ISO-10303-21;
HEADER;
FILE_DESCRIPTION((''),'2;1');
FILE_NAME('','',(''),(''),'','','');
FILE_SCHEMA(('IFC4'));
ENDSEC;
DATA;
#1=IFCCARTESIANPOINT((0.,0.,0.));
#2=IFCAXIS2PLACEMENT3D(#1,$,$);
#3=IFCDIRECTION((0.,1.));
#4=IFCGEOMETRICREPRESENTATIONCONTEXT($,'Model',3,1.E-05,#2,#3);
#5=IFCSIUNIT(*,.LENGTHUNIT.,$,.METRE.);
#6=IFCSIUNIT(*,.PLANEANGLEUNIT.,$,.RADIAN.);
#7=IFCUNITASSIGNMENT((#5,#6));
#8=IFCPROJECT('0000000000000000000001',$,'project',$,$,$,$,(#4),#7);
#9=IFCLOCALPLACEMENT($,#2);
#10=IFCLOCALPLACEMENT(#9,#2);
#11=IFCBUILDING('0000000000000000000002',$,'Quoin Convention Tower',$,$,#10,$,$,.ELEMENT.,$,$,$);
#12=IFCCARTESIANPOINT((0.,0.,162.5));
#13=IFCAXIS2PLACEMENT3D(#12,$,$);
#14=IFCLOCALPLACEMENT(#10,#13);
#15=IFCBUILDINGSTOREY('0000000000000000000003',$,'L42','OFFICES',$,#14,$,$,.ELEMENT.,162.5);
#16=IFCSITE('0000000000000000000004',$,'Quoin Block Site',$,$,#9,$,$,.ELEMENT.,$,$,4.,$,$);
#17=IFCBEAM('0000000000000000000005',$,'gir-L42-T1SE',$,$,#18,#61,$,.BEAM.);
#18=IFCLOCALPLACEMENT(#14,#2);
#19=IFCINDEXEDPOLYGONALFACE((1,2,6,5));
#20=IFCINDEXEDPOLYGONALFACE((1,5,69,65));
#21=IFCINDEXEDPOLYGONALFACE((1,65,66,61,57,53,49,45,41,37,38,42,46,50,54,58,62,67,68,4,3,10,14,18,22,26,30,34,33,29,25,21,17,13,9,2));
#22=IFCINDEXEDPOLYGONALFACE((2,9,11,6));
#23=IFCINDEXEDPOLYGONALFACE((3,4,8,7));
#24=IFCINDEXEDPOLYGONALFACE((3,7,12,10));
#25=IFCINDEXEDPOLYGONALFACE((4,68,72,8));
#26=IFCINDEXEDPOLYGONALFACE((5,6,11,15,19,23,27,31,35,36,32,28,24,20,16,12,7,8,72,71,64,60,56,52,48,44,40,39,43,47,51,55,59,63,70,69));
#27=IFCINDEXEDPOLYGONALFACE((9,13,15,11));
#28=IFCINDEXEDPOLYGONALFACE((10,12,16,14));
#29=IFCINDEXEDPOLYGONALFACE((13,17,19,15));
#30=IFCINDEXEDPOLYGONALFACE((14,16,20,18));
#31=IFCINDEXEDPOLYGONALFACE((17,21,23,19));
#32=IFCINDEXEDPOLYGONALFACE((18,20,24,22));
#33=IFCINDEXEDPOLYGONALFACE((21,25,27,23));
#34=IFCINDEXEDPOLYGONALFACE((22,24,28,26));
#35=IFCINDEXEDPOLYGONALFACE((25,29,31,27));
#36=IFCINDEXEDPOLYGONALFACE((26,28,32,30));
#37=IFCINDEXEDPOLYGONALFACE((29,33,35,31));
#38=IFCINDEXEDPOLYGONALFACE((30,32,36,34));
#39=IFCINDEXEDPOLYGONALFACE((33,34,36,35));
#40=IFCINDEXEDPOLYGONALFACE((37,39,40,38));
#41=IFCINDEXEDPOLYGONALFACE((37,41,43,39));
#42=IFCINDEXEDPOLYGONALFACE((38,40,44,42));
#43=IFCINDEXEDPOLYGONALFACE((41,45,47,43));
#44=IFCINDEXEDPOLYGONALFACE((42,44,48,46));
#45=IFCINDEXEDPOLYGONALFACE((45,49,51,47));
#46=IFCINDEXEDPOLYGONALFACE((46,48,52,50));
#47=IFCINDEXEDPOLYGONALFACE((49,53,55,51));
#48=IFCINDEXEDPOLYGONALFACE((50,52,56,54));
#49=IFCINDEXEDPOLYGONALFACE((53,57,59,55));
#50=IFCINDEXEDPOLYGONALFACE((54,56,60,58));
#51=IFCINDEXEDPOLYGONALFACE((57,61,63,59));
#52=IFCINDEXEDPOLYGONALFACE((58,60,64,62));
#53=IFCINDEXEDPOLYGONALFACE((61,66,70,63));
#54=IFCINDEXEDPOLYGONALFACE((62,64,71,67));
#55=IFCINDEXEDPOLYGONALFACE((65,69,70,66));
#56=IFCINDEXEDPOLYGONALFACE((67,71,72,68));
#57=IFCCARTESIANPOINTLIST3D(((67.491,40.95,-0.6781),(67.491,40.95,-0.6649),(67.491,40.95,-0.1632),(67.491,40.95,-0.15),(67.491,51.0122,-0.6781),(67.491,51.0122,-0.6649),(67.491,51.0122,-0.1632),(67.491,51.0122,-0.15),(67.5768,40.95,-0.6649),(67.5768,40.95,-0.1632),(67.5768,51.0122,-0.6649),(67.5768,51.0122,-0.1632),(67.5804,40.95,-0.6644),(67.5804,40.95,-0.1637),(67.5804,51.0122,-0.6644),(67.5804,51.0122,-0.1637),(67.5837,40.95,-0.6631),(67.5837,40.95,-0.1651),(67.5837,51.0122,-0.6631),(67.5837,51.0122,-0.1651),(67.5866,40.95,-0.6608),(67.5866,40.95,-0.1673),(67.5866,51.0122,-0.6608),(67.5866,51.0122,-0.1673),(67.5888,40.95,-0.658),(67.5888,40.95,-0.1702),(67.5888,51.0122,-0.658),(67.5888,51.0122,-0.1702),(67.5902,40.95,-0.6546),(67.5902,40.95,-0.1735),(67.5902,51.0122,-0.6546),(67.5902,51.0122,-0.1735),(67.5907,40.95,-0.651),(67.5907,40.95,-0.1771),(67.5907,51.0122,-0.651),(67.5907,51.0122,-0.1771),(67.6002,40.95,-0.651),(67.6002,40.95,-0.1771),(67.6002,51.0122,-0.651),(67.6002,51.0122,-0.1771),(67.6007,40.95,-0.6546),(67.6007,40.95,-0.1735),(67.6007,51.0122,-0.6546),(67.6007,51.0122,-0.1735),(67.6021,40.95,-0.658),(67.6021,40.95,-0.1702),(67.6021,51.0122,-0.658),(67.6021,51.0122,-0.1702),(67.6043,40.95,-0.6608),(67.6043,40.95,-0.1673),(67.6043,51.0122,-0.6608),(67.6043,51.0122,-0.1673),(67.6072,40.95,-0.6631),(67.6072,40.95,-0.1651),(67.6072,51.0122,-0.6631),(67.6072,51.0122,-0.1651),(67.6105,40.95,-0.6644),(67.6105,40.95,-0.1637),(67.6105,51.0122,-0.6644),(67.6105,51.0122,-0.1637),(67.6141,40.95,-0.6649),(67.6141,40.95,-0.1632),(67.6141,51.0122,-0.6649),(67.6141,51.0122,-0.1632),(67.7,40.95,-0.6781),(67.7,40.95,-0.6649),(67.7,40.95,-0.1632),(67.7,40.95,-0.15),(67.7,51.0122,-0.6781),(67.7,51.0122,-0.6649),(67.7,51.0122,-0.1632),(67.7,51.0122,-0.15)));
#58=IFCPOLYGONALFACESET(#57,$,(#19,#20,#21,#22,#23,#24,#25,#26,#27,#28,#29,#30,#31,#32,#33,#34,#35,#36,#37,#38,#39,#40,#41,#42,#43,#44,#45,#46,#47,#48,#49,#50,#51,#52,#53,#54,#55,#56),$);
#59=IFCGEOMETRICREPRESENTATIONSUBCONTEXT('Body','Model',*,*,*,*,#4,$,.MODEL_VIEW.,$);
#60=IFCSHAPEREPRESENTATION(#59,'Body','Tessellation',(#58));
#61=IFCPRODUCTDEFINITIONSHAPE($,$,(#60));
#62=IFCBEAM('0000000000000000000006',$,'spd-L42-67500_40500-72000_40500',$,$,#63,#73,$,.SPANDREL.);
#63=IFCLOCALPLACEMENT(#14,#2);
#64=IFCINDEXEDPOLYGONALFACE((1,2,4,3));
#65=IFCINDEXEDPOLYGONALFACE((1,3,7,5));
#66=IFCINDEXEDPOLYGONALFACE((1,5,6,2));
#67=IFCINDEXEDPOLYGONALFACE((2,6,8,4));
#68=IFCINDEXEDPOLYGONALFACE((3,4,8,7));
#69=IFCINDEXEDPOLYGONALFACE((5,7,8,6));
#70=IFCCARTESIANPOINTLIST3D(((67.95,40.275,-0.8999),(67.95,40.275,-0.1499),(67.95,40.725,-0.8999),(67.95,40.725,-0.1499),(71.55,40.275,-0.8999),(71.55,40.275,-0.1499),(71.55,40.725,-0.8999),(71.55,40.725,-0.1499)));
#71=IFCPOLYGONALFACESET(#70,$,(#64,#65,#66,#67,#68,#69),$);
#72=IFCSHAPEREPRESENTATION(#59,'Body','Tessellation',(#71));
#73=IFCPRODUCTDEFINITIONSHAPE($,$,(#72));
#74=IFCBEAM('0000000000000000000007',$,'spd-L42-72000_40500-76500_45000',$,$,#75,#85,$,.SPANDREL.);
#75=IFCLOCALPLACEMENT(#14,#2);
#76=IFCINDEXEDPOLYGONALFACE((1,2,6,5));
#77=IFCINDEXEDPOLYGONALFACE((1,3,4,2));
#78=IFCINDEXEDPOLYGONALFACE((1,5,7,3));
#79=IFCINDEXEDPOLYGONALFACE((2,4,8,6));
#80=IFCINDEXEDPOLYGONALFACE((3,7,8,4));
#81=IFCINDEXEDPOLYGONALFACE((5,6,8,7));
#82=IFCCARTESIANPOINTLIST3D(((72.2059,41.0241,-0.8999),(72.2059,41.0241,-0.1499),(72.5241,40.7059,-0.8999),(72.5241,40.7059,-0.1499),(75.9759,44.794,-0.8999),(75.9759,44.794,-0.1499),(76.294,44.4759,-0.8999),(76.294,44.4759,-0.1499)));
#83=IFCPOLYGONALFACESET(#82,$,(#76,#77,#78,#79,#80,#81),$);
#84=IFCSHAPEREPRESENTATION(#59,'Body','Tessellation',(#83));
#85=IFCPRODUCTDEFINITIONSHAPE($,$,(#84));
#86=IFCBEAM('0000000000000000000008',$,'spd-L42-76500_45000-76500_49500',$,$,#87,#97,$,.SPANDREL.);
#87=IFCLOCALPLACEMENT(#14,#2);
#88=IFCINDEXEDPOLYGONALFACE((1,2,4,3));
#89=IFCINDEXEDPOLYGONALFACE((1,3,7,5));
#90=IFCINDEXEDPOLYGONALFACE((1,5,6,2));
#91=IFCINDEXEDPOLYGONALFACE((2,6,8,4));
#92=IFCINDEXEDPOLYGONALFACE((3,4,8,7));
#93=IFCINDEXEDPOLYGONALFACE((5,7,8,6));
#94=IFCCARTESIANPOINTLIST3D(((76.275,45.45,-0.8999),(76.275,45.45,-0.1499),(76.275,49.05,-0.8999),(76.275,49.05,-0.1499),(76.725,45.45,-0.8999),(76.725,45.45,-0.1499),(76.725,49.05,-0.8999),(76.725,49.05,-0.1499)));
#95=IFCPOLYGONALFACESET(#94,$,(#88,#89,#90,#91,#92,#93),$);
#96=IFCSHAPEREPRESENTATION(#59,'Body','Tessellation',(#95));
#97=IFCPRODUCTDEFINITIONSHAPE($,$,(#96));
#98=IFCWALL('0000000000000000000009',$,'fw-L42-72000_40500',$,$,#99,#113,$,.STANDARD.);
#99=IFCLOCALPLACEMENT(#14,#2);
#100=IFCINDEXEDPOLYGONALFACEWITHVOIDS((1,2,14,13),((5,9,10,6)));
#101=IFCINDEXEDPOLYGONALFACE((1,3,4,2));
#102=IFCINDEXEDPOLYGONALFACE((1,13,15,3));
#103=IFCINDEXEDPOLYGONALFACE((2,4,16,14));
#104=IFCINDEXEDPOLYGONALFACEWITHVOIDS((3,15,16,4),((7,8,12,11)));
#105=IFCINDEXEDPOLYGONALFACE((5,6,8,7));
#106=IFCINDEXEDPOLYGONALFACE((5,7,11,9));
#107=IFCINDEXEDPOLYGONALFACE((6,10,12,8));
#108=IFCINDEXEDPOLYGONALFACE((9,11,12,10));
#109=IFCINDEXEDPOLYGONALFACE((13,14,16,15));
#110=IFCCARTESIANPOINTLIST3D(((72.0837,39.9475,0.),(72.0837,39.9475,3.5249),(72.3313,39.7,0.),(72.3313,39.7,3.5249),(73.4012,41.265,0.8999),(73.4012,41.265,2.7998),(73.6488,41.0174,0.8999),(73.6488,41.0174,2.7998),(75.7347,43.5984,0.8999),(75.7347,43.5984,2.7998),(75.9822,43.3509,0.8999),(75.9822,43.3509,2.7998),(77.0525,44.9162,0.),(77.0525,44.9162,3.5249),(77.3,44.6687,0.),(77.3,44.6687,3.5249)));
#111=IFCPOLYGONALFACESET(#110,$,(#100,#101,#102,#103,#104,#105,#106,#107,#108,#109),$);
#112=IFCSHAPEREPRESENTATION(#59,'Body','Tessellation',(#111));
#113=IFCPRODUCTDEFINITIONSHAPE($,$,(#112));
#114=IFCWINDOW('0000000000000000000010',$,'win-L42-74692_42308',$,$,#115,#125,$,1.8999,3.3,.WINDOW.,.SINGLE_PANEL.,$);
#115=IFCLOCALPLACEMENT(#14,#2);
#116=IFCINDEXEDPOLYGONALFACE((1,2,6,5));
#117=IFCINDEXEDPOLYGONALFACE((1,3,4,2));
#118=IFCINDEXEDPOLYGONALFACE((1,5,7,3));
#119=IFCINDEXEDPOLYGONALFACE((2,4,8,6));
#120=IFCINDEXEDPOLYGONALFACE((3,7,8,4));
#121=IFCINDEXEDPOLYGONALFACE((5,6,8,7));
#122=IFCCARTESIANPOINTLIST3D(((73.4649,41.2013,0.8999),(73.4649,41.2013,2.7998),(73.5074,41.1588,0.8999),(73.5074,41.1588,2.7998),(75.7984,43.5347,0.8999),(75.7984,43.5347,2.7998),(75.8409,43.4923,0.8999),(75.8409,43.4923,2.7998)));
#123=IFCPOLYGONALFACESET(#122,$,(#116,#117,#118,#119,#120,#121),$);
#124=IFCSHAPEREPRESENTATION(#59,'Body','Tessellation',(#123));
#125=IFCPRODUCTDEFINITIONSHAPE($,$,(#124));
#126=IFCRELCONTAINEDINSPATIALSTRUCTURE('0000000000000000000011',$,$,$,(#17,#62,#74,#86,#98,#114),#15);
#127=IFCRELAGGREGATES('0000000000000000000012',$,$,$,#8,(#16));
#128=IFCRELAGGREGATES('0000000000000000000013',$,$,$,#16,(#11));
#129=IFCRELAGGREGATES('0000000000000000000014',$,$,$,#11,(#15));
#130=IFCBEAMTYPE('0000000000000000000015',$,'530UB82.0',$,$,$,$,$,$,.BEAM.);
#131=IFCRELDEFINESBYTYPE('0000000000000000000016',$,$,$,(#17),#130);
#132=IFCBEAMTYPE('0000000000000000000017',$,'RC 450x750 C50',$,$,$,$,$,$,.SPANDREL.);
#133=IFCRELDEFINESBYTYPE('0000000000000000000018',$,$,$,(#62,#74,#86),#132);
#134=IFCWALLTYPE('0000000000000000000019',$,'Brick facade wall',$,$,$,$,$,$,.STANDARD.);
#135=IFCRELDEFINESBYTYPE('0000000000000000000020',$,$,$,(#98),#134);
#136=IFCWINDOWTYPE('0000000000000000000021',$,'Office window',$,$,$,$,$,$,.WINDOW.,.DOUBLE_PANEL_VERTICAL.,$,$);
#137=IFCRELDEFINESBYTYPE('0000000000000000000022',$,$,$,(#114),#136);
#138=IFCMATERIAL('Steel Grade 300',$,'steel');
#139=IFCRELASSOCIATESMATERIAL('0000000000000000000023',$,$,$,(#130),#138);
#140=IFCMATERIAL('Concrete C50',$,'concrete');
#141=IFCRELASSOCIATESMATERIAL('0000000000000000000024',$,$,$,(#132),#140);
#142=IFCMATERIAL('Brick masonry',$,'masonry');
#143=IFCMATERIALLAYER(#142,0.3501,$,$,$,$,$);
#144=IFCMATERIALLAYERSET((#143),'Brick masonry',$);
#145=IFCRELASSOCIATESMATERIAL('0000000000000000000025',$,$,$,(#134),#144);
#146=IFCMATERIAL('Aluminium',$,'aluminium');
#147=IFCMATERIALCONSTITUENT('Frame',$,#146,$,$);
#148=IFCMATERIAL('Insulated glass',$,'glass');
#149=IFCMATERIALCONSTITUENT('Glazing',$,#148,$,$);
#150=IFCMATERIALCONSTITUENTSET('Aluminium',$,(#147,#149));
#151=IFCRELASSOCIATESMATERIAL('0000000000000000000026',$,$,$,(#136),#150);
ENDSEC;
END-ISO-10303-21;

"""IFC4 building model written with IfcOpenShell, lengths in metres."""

from ifc_helpers import new_model, si_unit, direction, frame, frame_2d, origin, origin_2d, place, context, subcontext, project, spatial, rectangle, i_section, extrude, material, layer, layer_set, constituent, constituent_set, material_profile, profile_set, type_object, element, fill, save


model = new_model("IFC4")

# Units and contexts
model_context = context("Model", 3, precision=1e-05, world=origin(), true_north=direction((0.0, 1.0)))
body_context = subcontext(model_context, "Body", "Model", "MODEL_VIEW")
ifc_project = project(units=[si_unit("LENGTHUNIT", "METRE"), si_unit("PLANEANGLEUNIT", "RADIAN")], contexts=[model_context])

# Site, building, storey
site_placement = place(None, origin())
site = spatial("IfcSite", under=ifc_project, at=site_placement, Name="Quoin Block Site", CompositionType="ELEMENT", RefElevation=4.0)
building_placement = place(site_placement, origin())
building = spatial("IfcBuilding", under=site, at=building_placement, Name="Quoin Convention Tower", CompositionType="ELEMENT")
storey_placement = place(building_placement, frame((0.0, 0.0, 162.5)))
storey = spatial("IfcBuildingStorey", under=building, at=storey_placement, Name="L42", Description="OFFICES", CompositionType="ELEMENT", Elevation=162.5)

# Shared definitions
ifc_material_1 = material(Name="Concrete C50", Category="concrete")

# Beams
ifc_material_2 = material(Name="Steel Grade 300", Category="steel")
ifc_material_profile_1 = material_profile(ifc_material_2, i_section(OverallWidth=0.209, OverallDepth=0.5281, WebThickness=0.0095, FlangeThickness=0.0132, FilletRadius=0.0139, at=origin_2d()), Name="530UB82.0")
ifc_profile_set_1 = profile_set([ifc_material_profile_1], Name="Steel Grade 300")
beam_type_1 = type_object("IfcBeamType", Name="530UB82.0", PredefinedType="BEAM", material=ifc_profile_set_1)
beam_1_placement = place(storey_placement, frame((67.5955, 40.95, -0.4141), z_axis=(0.0, 1.0, 0.0), x_axis=(-1.0, 0.0, 0.0)))
element("IfcBeam", 1, at=beam_1_placement, inside=storey, type_object=beam_type_1, Name="gir-L42-T1SE", PredefinedType="BEAM", context=body_context, shape_type="SweptSolid", body=[
    extrude(i_section(OverallWidth=0.209, OverallDepth=0.5281, WebThickness=0.0095, FlangeThickness=0.0132, FilletRadius=0.0139, at=origin_2d()), origin(), (0.0, 0.0, 1.0), 10.0623),
])
ifc_material_profile_2 = material_profile(ifc_material_1, rectangle(XDim=0.45, YDim=0.75, at=origin_2d()), Name="RC 450x750")
ifc_profile_set_2 = profile_set([ifc_material_profile_2], Name="Concrete C50")
beam_type_2 = type_object("IfcBeamType", Name="RC 450x750 C50", PredefinedType="SPANDREL", material=ifc_profile_set_2)
beam_2_placement = place(storey_placement, frame((67.95, 40.5, -0.5249), z_axis=(1.0, 0.0, 0.0), x_axis=(0.0, 1.0, 0.0)))
element("IfcBeam", 2, at=beam_2_placement, inside=storey, type_object=beam_type_2, Name="spd-L42-67500_40500-72000_40500", PredefinedType="SPANDREL", context=body_context, shape_type="SweptSolid", body=[
    extrude(rectangle(XDim=0.45, YDim=0.75, at=origin_2d()), origin(), (0.0, 0.0, 1.0), 3.6001),
])
beam_3_placement = place(storey_placement, frame((72.365, 40.865, -0.5249), z_axis=(0.707107, 0.707107, 0.0), x_axis=(-0.707107, 0.707107, 0.0)))
element("IfcBeam", 3, at=beam_3_placement, inside=storey, type_object=beam_type_2, Name="spd-L42-72000_40500-76500_45000", PredefinedType="SPANDREL", context=body_context, shape_type="SweptSolid", body=[
    extrude(rectangle(XDim=0.45, YDim=0.75, at=origin_2d()), origin(), (0.0, 0.0, 1.0), 5.3315),
])
beam_4_placement = place(storey_placement, frame((76.5, 45.45, -0.5249), z_axis=(0.0, 1.0, 0.0), x_axis=(-1.0, 0.0, 0.0)))
element("IfcBeam", 4, at=beam_4_placement, inside=storey, type_object=beam_type_2, Name="spd-L42-76500_45000-76500_49500", PredefinedType="SPANDREL", context=body_context, shape_type="SweptSolid", body=[
    extrude(rectangle(XDim=0.45, YDim=0.75, at=origin_2d()), origin(), (0.0, 0.0, 1.0), 3.6001),
])

# Wall, opening, window
ifc_material_3 = material(Name="Brick masonry", Category="masonry")
ifc_layer_1 = layer(ifc_material_3, 0.3501)
ifc_layer_set_1 = layer_set([ifc_layer_1], Name="Brick masonry")
wall_type_1 = type_object("IfcWallType", Name="Brick facade wall", PredefinedType="STANDARD", material=ifc_layer_set_1)
wall_1_placement = place(storey_placement, frame((72.2075, 39.8237, 0.0), z_axis=(0.0, 0.0, 1.0), x_axis=(0.707107, 0.707107, 0.0)))
wall_1 = element("IfcWall", 5, at=wall_1_placement, inside=storey, type_object=wall_type_1, Name="fw-L42-72000_40500", PredefinedType="STANDARD", context=body_context, shape_type="SweptSolid", body=[
    extrude(rectangle(XDim=7.0269, YDim=0.3501, at=frame_2d((3.5134, 0.0))), origin(), (0.0, 0.0, 1.0), 3.5249),
])
opening_1_placement = place(wall_1_placement, frame((1.8633, 0.0, 0.8999)))
opening_1 = element("IfcOpeningElement", 6, at=opening_1_placement, cuts=wall_1, PredefinedType="OPENING", context=body_context, shape_type="SweptSolid", body=[
    extrude(rectangle(XDim=3.3, YDim=1.8999, at=frame_2d((1.6499, 0.95))), frame((0.0, 0.1851, 0.0), z_axis=(0.0, -1.0, 0.0), x_axis=(1.0, 0.0, 0.0)), (0.0, 0.0, 1.0), 0.3701),
])
ifc_material_4 = material(Name="Aluminium", Category="aluminium")
ifc_constituent_1 = constituent(ifc_material_4, Name="Frame")
ifc_material_5 = material(Name="Insulated glass", Category="glass")
ifc_constituent_2 = constituent(ifc_material_5, Name="Glazing")
ifc_constituent_set = constituent_set(constituents=[ifc_constituent_1, ifc_constituent_2], Name="Aluminium")
window_type = type_object("IfcWindowType", Name="Office window", PartitioningType="DOUBLE_PANEL_VERTICAL", PredefinedType="WINDOW", material=ifc_constituent_set)
window_1_placement = place(opening_1_placement, origin())
window_1 = element("IfcWindow", 7, at=window_1_placement, inside=storey, type_object=window_type, Name="win-L42-74692_42308", OverallHeight=1.8999, OverallWidth=3.3, PartitioningType="SINGLE_PANEL", PredefinedType="WINDOW", context=body_context, shape_type="SweptSolid", body=[
    extrude(rectangle(XDim=3.3, YDim=1.8999, at=frame_2d((1.6499, 0.95))), frame((0.0, 0.085, 0.0), z_axis=(0.0, -1.0, 0.0), x_axis=(1.0, 0.0, 0.0)), (0.0, 0.0, 1.0), 0.0601),
])
fill(opening_1, window_1)

save(model, "model.ifc")
